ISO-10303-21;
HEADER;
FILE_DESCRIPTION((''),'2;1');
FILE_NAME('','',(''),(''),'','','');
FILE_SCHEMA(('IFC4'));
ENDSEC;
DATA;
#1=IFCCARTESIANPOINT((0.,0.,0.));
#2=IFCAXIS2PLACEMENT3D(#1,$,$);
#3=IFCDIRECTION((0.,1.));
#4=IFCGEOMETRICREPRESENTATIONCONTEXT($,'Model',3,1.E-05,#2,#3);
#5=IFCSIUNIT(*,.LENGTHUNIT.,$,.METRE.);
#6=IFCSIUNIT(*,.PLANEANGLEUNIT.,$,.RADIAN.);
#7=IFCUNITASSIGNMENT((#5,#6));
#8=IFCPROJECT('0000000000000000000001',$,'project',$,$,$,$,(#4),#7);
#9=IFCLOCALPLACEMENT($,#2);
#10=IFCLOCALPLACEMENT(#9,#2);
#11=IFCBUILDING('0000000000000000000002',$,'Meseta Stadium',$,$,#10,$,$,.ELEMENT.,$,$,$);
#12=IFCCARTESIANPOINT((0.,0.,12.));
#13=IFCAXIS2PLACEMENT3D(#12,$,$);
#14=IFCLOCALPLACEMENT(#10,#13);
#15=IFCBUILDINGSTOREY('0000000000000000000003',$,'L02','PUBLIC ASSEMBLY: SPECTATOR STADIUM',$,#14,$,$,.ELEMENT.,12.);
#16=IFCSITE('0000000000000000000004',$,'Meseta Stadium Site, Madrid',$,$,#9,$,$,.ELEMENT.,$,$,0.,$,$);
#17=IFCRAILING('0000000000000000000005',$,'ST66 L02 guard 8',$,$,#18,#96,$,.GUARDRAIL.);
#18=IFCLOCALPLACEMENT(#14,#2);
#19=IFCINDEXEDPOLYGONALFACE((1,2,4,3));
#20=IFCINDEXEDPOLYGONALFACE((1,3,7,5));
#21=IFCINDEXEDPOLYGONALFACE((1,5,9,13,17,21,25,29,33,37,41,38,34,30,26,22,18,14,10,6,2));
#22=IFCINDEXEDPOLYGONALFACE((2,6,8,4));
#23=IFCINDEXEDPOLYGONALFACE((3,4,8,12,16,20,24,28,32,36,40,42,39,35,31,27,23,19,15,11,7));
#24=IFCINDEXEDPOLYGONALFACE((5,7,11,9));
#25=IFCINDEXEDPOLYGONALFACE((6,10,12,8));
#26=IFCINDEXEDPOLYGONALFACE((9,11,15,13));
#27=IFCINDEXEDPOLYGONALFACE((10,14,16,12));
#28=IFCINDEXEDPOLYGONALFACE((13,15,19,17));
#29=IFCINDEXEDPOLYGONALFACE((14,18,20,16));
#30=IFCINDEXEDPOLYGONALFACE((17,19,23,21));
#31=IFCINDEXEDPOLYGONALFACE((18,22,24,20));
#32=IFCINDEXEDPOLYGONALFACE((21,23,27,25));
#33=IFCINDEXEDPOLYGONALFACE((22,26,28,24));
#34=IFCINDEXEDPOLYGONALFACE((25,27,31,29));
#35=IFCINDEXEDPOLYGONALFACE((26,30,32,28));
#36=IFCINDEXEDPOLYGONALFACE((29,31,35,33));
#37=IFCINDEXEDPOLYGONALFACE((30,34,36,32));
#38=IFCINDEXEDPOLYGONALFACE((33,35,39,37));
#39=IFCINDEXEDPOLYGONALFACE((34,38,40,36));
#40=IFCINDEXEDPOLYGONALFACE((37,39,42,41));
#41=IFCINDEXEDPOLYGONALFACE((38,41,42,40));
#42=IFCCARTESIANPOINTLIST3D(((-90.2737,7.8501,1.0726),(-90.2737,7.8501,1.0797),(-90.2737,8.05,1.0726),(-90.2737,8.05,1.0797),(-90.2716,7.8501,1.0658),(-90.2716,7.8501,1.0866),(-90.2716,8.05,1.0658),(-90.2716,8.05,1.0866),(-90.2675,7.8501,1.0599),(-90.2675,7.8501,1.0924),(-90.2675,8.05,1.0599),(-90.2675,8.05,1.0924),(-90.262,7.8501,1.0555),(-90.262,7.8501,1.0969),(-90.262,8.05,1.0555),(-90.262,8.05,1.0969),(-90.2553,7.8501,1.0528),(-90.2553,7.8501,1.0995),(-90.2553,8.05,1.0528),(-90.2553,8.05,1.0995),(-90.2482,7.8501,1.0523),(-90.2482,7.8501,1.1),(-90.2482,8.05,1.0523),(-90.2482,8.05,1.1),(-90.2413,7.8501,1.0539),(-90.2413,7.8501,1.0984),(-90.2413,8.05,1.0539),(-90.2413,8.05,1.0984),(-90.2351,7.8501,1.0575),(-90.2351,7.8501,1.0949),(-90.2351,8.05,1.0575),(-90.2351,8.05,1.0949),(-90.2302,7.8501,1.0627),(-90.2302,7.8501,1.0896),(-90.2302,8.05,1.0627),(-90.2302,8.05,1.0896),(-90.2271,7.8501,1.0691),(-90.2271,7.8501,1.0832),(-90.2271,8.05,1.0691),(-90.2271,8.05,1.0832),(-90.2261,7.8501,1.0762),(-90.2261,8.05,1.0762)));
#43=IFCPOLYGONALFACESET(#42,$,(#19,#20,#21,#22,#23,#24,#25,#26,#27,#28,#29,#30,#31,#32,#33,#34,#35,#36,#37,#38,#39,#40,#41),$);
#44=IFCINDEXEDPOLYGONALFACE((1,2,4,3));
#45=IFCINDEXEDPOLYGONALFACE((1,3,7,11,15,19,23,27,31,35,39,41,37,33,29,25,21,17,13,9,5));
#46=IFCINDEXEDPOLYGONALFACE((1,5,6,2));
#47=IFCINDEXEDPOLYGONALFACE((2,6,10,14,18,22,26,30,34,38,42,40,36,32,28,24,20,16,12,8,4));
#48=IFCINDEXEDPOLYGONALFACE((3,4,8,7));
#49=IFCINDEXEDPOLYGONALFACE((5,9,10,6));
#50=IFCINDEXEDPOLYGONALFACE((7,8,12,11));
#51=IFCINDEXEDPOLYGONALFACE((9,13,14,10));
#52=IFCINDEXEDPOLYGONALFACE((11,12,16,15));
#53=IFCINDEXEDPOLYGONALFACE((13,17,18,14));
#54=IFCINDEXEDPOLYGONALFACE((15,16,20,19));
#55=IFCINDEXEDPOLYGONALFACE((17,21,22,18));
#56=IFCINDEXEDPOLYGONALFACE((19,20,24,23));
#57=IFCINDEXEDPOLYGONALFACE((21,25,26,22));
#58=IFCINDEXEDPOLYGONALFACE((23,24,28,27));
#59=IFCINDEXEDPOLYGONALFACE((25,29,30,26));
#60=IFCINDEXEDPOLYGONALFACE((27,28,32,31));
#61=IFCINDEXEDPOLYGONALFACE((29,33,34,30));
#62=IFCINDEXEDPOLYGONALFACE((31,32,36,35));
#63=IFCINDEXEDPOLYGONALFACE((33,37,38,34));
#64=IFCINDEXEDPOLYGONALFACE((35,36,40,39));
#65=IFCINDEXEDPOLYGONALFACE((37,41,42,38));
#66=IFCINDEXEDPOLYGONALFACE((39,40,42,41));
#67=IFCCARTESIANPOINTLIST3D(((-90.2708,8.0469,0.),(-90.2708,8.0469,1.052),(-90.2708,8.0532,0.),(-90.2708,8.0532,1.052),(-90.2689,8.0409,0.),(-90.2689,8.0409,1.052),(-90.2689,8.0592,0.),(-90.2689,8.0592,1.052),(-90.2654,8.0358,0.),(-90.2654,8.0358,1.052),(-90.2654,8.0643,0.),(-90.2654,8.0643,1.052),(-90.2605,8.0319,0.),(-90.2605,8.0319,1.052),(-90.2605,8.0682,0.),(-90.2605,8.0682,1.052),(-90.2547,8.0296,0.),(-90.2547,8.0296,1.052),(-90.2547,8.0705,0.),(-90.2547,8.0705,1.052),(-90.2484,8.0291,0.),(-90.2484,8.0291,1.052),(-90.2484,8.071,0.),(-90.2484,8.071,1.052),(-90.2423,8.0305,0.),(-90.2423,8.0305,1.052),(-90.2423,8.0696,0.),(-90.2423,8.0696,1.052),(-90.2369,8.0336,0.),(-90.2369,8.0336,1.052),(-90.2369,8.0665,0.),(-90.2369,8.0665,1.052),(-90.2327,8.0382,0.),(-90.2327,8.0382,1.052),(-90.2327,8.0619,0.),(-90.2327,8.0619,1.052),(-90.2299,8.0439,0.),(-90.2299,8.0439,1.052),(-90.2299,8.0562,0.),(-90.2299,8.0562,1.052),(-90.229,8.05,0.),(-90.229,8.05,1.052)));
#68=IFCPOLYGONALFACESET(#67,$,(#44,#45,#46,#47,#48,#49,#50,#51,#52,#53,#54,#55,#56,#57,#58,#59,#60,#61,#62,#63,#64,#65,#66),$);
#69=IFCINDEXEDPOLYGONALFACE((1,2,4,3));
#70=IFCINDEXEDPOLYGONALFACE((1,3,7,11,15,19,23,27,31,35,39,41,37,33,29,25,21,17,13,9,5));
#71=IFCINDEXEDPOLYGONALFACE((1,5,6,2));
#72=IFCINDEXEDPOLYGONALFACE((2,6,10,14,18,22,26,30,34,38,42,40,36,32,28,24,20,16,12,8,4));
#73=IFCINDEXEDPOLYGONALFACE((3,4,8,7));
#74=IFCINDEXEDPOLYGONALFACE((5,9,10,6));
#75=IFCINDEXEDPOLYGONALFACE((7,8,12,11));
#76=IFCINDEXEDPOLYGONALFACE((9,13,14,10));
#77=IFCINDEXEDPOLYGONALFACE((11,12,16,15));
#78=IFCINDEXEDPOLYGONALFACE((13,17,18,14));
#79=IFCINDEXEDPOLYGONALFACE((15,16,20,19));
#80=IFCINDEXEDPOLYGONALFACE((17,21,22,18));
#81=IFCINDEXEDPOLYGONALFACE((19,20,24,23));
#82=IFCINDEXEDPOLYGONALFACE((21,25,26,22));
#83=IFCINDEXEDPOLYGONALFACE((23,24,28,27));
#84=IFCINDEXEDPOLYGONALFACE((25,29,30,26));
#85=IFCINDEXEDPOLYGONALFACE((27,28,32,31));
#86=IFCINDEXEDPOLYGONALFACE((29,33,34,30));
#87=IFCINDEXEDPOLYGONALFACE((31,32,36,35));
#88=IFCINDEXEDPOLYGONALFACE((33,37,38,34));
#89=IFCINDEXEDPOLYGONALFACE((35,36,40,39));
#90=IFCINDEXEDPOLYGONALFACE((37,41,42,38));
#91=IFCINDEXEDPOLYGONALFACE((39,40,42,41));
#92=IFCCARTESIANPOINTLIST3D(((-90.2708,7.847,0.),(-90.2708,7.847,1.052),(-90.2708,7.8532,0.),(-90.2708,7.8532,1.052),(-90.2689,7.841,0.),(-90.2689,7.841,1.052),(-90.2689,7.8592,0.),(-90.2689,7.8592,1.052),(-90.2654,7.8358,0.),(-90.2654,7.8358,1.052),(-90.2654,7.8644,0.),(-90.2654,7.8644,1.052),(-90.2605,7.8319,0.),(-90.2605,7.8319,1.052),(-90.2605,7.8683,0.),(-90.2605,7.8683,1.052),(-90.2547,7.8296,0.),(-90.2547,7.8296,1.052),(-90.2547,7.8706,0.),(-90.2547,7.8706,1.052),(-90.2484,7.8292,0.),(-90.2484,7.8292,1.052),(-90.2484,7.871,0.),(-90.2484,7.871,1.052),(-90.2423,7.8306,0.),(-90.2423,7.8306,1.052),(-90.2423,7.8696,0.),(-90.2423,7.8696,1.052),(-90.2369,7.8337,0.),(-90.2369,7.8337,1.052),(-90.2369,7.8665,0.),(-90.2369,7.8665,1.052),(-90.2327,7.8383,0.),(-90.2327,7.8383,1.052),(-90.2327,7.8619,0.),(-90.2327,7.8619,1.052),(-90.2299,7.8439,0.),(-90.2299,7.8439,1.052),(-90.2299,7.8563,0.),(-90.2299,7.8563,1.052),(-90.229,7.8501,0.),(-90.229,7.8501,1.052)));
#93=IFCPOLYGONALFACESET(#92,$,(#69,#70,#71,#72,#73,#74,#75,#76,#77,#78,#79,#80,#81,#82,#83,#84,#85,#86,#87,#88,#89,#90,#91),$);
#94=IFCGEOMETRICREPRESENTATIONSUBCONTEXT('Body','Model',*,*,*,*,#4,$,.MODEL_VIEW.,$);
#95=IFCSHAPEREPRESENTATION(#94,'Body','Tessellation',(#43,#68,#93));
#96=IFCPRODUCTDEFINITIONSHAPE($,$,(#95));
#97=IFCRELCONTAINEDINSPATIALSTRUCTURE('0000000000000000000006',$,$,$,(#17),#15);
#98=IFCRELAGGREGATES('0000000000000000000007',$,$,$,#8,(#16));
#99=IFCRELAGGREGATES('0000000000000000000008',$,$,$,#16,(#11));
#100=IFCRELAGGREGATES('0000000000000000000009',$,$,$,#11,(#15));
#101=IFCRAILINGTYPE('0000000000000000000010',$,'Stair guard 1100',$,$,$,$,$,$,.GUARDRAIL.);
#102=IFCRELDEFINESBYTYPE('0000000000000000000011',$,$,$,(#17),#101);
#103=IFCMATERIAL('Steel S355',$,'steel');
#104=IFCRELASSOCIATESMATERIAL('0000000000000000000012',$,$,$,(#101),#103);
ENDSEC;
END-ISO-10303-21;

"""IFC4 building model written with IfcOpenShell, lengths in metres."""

from ifc_helpers import new_model, si_unit, direction, frame, origin, origin_2d, place, context, subcontext, project, spatial, circle, extrude, material, type_object, element, save


model = new_model("IFC4")

# Units and contexts
model_context = context("Model", 3, precision=1e-05, world=origin(), true_north=direction((0.0, 1.0)))
body_context = subcontext(model_context, "Body", "Model", "MODEL_VIEW")
ifc_project = project(units=[si_unit("LENGTHUNIT", "METRE"), si_unit("PLANEANGLEUNIT", "RADIAN")], contexts=[model_context])

# Site, building, storey
site_placement = place(None, origin())
site = spatial("IfcSite", under=ifc_project, at=site_placement, Name="Meseta Stadium Site, Madrid", CompositionType="ELEMENT", RefElevation=0.0)
building_placement = place(site_placement, origin())
building = spatial("IfcBuilding", under=site, at=building_placement, Name="Meseta Stadium", CompositionType="ELEMENT")
storey_placement = place(building_placement, frame((0.0, 0.0, 12.0)))
storey = spatial("IfcBuildingStorey", under=building, at=storey_placement, Name="L02", Description="PUBLIC ASSEMBLY: SPECTATOR STADIUM", CompositionType="ELEMENT", Elevation=12.0)

# Railing
ifc_material_1 = material(Name="Steel S355", Category="steel")
railing_type_1 = type_object("IfcRailingType", Name="Stair guard 1100", PredefinedType="GUARDRAIL", material=ifc_material_1)
railing_1_placement = place(storey_placement, frame((-90.25, 8.05, 0.0)))
element("IfcRailing", 1, at=railing_1_placement, inside=storey, type_object=railing_type_1, Name="ST66 L02 guard 8", PredefinedType="GUARDRAIL", context=body_context, shape_type="SweptSolid", body=[
    extrude(circle(Radius=0.0239, at=origin_2d()), frame((0.0, 0.0, 1.0762), z_axis=(0.0, -1.0, 0.0), x_axis=(1.0, 0.0, 0.0)), (0.0, 0.0, 1.0), 0.2),
    extrude(circle(Radius=0.021, at=origin_2d()), origin(), (0.0, 0.0, 1.0), 1.052),
    extrude(circle(Radius=0.021, at=origin_2d()), frame((0.0, -0.2, 0.0)), (0.0, 0.0, 1.0), 1.052),
])

save(model, "model.ifc")
